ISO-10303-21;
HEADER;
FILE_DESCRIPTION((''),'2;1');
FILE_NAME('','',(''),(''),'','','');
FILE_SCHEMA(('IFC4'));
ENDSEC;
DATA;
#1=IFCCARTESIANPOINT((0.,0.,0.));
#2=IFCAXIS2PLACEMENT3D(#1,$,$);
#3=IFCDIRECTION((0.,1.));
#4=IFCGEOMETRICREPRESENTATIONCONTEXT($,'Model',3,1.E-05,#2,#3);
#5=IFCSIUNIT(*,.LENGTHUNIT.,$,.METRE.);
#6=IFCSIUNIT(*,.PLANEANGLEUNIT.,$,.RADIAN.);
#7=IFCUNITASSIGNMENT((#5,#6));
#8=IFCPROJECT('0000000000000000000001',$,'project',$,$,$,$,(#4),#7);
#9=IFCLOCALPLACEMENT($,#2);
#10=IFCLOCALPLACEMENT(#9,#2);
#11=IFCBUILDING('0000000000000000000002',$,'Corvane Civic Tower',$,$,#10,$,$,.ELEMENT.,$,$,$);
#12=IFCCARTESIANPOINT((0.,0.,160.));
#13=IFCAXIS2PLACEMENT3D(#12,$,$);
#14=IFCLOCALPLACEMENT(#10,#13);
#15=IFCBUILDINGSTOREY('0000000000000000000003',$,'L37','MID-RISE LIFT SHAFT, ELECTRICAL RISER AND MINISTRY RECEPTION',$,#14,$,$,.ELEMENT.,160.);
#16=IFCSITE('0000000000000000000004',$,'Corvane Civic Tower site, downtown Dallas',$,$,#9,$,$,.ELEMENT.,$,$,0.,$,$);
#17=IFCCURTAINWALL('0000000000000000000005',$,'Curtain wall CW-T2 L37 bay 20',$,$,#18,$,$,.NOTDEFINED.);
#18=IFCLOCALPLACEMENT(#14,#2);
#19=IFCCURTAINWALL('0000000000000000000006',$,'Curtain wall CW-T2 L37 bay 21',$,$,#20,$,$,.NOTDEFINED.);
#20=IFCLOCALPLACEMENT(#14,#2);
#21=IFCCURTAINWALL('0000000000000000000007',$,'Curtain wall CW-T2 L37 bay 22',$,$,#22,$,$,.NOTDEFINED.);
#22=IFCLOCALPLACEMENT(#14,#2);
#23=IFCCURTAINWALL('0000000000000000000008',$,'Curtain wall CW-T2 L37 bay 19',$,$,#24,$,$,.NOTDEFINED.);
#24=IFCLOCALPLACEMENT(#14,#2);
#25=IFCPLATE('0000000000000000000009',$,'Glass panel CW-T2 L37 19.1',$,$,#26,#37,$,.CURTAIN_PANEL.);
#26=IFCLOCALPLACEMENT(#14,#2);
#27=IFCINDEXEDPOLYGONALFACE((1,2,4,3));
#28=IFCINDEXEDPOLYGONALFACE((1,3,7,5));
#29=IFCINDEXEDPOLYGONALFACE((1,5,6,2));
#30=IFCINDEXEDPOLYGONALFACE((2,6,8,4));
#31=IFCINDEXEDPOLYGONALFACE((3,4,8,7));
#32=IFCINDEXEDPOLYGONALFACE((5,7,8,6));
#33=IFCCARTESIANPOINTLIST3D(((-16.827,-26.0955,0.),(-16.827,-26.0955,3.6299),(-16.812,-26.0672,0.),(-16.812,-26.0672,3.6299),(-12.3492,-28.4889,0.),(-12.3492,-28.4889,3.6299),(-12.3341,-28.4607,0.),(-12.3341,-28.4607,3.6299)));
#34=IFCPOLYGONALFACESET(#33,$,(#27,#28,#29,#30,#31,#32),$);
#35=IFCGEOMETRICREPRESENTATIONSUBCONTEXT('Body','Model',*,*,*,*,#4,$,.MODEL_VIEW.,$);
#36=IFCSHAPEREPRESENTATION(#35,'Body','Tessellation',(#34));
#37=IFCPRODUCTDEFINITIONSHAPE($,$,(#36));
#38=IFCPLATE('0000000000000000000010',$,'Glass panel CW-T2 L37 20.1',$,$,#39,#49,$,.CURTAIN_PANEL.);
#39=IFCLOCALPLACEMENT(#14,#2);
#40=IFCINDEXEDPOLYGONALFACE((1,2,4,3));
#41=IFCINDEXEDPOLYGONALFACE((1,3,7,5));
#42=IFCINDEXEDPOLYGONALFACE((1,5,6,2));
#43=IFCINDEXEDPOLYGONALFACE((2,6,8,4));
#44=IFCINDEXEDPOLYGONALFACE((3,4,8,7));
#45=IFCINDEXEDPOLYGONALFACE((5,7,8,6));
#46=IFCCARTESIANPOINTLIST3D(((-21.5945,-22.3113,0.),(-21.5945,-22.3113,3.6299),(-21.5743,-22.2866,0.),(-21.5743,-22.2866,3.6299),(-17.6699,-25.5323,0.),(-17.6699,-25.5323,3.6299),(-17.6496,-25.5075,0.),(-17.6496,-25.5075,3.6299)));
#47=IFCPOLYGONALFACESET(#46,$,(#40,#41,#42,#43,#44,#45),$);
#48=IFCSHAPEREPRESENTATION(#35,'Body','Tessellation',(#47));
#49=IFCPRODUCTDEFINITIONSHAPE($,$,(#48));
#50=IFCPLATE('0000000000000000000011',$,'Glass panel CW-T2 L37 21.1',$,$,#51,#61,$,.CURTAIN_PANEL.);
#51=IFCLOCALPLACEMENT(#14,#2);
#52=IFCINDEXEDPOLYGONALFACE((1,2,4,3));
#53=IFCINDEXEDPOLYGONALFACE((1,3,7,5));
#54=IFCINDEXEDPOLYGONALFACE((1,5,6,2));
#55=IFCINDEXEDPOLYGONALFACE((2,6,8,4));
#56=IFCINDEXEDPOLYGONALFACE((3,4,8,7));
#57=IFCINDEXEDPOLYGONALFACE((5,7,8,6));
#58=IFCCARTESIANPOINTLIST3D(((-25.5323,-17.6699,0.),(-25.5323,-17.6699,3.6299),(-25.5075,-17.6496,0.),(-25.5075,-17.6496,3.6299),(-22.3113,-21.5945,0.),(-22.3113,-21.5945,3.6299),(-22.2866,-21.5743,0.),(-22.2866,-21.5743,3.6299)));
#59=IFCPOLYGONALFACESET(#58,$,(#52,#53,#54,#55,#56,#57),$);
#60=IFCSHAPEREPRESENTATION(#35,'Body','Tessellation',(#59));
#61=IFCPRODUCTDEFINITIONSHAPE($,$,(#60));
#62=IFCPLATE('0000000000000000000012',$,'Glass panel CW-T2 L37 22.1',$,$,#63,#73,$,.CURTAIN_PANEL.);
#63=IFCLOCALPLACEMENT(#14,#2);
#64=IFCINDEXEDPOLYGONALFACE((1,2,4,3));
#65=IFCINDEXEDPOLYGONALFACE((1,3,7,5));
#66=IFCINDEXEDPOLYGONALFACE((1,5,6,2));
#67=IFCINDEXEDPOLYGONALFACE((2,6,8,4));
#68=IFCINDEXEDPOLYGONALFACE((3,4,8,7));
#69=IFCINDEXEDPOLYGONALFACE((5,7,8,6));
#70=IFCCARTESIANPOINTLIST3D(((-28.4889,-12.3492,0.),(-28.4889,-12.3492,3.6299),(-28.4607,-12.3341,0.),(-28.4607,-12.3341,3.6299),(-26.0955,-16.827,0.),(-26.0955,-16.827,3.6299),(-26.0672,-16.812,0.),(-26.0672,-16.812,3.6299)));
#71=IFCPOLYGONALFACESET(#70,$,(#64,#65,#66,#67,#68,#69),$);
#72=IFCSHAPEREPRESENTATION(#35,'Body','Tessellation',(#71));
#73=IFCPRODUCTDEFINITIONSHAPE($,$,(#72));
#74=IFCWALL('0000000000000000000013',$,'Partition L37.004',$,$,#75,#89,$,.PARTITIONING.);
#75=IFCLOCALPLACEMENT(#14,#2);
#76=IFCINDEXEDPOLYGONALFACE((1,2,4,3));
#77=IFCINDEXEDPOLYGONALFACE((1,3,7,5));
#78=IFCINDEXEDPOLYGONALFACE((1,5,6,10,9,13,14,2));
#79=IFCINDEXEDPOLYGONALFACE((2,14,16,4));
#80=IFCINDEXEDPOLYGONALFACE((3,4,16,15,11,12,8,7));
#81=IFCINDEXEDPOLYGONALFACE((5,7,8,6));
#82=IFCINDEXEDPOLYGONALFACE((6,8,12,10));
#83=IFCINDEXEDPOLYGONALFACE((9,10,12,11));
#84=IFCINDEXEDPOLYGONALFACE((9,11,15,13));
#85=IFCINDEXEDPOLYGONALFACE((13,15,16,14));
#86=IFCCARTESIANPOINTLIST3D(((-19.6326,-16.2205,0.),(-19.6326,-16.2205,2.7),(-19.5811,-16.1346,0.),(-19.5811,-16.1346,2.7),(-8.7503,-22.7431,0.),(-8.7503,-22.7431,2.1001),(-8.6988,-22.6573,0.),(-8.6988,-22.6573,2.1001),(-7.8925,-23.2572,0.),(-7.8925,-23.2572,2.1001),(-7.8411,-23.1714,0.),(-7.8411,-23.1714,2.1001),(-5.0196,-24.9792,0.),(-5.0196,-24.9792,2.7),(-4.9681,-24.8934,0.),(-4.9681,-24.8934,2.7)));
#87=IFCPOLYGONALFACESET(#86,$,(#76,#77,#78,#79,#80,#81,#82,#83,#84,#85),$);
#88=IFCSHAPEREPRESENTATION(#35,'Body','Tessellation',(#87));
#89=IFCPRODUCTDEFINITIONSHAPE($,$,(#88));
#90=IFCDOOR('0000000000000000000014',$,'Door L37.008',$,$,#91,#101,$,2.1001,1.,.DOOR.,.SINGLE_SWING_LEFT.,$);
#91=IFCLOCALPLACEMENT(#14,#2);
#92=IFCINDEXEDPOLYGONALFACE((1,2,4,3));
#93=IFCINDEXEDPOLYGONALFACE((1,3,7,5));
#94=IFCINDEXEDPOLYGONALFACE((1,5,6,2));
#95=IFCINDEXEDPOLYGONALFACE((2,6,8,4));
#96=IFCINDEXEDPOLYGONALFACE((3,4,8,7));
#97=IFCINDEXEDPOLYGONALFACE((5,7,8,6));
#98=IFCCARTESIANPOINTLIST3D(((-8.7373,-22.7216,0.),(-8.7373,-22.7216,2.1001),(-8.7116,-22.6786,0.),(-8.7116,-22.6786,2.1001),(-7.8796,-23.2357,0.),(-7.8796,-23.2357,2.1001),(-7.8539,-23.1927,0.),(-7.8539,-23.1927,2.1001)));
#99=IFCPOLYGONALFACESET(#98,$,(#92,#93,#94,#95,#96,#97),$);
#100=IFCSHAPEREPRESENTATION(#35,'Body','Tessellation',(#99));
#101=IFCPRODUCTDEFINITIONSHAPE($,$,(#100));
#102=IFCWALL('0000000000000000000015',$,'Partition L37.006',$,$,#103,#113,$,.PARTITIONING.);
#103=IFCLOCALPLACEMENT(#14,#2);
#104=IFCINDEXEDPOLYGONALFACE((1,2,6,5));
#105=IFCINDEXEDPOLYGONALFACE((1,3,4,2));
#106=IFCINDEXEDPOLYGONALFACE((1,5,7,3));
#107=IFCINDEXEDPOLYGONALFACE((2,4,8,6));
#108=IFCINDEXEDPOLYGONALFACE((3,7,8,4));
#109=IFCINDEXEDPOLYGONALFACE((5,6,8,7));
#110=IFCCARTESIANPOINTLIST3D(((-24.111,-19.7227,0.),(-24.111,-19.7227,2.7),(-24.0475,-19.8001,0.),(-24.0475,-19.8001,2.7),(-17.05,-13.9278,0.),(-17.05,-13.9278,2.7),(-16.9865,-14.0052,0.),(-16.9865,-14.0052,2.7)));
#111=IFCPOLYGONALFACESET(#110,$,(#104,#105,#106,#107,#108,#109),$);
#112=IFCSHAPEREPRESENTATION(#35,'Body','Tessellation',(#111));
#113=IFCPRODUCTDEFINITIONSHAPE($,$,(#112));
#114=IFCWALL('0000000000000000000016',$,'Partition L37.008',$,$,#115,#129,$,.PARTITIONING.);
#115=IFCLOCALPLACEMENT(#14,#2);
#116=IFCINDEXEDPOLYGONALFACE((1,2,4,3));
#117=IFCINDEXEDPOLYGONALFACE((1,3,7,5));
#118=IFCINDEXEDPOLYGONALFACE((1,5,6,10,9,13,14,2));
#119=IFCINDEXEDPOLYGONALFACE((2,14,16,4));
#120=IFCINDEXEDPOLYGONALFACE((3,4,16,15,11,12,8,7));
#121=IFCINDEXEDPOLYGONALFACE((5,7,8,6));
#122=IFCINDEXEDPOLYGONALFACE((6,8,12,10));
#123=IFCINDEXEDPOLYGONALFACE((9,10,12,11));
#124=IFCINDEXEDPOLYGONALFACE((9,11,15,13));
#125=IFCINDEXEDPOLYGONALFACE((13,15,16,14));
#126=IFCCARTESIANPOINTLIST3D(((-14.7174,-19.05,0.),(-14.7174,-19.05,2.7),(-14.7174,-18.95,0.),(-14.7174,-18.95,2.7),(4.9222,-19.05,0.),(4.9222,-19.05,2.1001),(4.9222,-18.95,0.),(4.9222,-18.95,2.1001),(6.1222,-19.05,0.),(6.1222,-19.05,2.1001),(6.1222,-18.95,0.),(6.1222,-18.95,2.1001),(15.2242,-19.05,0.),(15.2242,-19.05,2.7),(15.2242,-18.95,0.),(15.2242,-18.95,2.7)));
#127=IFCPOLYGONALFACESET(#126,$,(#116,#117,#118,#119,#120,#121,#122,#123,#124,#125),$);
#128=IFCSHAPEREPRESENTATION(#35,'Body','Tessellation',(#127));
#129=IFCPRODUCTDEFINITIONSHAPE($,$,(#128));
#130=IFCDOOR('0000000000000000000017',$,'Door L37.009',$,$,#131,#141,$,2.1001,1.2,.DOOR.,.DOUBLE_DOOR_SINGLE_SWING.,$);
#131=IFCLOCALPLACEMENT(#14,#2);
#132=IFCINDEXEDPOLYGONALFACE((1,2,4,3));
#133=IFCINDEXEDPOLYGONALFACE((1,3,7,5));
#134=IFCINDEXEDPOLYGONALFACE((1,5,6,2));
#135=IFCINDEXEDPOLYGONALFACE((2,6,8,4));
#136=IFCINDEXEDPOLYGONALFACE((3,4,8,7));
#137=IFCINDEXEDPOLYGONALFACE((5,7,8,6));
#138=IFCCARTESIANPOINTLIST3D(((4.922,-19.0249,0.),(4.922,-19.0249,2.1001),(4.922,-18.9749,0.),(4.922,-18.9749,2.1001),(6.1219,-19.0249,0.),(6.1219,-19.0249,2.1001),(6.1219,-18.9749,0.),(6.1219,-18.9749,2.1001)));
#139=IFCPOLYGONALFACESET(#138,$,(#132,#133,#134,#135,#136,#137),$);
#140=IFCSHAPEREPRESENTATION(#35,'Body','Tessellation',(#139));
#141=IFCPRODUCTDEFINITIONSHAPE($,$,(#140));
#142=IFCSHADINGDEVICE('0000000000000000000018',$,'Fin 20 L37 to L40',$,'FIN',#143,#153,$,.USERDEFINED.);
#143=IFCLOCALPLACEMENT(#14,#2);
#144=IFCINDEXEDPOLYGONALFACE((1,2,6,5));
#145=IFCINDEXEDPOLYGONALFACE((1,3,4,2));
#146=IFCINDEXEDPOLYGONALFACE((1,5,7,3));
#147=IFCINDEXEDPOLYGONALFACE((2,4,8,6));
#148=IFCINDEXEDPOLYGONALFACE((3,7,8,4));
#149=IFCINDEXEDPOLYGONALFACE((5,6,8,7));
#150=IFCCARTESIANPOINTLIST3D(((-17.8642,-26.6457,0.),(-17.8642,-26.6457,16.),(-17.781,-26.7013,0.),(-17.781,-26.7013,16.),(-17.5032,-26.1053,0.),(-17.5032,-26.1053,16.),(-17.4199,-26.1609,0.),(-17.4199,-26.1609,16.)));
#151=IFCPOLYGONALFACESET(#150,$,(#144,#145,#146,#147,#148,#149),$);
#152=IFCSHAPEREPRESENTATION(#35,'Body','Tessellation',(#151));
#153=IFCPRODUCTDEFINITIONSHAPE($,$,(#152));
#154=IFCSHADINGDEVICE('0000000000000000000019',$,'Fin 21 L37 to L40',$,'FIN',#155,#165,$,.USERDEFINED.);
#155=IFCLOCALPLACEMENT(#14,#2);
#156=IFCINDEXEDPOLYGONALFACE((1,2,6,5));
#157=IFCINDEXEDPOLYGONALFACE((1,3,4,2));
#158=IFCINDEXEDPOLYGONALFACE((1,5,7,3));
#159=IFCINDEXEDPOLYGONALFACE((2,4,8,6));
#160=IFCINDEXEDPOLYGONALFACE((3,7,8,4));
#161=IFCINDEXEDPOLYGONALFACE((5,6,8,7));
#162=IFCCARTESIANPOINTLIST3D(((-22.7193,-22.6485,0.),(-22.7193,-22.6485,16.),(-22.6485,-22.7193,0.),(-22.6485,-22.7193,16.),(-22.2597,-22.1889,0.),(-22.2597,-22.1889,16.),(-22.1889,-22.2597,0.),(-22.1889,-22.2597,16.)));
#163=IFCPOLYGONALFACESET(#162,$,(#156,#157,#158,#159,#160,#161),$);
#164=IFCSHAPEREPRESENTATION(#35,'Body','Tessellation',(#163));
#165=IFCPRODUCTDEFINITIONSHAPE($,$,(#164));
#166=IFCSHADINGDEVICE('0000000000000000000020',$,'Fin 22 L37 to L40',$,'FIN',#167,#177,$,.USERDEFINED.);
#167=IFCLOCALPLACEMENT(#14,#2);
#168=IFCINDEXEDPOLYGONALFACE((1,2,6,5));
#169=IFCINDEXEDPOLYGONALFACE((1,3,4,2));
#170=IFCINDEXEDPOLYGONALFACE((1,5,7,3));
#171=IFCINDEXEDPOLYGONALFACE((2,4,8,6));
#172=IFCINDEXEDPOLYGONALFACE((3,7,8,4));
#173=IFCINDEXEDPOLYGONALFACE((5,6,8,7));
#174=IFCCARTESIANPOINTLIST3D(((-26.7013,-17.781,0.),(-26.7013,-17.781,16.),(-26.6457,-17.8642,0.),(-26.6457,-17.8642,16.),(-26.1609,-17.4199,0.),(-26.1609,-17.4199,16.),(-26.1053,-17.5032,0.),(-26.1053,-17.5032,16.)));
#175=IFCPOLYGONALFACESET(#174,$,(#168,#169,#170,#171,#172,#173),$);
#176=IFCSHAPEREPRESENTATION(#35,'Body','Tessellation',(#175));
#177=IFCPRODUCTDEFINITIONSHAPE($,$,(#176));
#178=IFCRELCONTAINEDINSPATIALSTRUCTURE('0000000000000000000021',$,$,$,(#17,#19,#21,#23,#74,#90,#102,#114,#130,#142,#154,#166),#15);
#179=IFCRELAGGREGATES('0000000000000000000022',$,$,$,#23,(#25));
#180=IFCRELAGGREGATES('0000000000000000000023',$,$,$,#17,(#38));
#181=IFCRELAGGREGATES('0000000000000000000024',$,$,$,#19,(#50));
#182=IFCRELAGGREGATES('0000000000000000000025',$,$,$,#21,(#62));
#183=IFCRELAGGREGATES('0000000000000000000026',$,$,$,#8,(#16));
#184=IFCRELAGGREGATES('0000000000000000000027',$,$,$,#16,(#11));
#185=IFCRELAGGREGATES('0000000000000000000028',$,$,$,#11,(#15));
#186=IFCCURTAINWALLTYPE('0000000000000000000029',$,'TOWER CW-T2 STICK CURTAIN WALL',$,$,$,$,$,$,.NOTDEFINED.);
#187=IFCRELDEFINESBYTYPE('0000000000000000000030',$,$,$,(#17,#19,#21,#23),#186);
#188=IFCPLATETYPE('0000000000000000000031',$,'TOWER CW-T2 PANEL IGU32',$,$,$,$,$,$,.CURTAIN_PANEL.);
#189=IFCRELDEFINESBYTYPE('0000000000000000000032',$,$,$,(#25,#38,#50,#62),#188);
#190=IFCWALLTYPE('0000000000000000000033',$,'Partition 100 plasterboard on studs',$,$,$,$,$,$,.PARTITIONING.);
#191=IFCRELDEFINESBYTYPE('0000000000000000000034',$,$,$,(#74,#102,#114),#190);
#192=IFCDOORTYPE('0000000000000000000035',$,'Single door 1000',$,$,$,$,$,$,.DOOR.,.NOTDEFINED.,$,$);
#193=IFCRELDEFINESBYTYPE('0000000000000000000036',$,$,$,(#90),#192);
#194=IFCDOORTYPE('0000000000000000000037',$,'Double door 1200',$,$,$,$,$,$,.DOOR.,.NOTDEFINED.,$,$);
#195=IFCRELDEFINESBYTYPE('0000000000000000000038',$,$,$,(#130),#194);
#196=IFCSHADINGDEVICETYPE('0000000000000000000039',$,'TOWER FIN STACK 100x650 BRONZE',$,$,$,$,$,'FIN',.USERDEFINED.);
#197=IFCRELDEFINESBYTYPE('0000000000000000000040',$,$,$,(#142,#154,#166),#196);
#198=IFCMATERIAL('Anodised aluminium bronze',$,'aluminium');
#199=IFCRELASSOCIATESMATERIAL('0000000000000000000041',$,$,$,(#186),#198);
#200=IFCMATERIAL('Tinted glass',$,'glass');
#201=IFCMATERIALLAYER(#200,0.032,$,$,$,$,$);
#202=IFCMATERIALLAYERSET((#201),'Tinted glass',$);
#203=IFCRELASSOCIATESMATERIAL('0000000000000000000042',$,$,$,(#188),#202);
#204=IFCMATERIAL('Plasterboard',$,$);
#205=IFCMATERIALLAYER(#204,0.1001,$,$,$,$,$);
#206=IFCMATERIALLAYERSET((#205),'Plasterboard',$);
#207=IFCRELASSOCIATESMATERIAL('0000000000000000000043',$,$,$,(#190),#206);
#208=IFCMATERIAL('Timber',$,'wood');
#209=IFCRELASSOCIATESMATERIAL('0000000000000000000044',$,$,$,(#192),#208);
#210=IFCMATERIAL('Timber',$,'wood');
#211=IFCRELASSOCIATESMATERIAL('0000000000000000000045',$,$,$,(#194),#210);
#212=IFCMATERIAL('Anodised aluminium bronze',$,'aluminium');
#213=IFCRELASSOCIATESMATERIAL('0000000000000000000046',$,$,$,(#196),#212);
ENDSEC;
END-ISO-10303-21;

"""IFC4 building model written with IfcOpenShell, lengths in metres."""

from ifc_helpers import new_model, si_unit, direction, frame, frame_2d, origin, origin_2d, place, context, subcontext, project, spatial, rectangle, extrude, material, layer, layer_set, material_profile, profile_set, type_object, element, fill, aggregate, save


model = new_model("IFC4")

# Units and contexts
model_context = context("Model", 3, precision=1e-05, world=origin(), true_north=direction((0.0, 1.0)))
body_context = subcontext(model_context, "Body", "Model", "MODEL_VIEW")
ifc_project = project(units=[si_unit("LENGTHUNIT", "METRE"), si_unit("PLANEANGLEUNIT", "RADIAN")], contexts=[model_context])

# Site, building, storey
site_placement = place(None, origin())
site = spatial("IfcSite", under=ifc_project, at=site_placement, Name="Corvane Civic Tower site, downtown Dallas", CompositionType="ELEMENT", RefElevation=0.0)
building_placement = place(site_placement, origin())
building = spatial("IfcBuilding", under=site, at=building_placement, Name="Corvane Civic Tower", CompositionType="ELEMENT")
storey_placement = place(building_placement, frame((0.0, 0.0, 160.0)))
storey = spatial("IfcBuildingStorey", under=building, at=storey_placement, Name="L37", Description="MID-RISE LIFT SHAFT, ELECTRICAL RISER AND MINISTRY RECEPTION", CompositionType="ELEMENT", Elevation=160.0)

# Curtain walls
ifc_material_1 = material(Name="Anodised aluminium bronze", Category="aluminium")
curtain_wall_type = type_object("IfcCurtainWallType", Name="TOWER CW-T2 STICK CURTAIN WALL", PredefinedType="NOTDEFINED", material=ifc_material_1)
curtain_wall_1_placement = place(storey_placement, origin())
curtain_wall_1 = element("IfcCurtainWall", 1, at=curtain_wall_1_placement, inside=storey, type_object=curtain_wall_type, Name="Curtain wall CW-T2 L37 bay 20", PredefinedType="NOTDEFINED")
curtain_wall_2_placement = place(storey_placement, origin())
curtain_wall_2 = element("IfcCurtainWall", 2, at=curtain_wall_2_placement, inside=storey, type_object=curtain_wall_type, Name="Curtain wall CW-T2 L37 bay 21", PredefinedType="NOTDEFINED")
curtain_wall_3_placement = place(storey_placement, origin())
curtain_wall_3 = element("IfcCurtainWall", 3, at=curtain_wall_3_placement, inside=storey, type_object=curtain_wall_type, Name="Curtain wall CW-T2 L37 bay 22", PredefinedType="NOTDEFINED")

# Curtain wall, plate
curtain_wall_4_placement = place(storey_placement, origin())
curtain_wall_4 = element("IfcCurtainWall", 4, at=curtain_wall_4_placement, inside=storey, type_object=curtain_wall_type, Name="Curtain wall CW-T2 L37 bay 19", PredefinedType="NOTDEFINED")
ifc_material_2 = material(Name="Tinted glass", Category="glass")
ifc_layer_1 = layer(ifc_material_2, 0.032)
ifc_layer_set_1 = layer_set([ifc_layer_1], Name="Tinted glass")
plate_type = type_object("IfcPlateType", Name="TOWER CW-T2 PANEL IGU32", PredefinedType="CURTAIN_PANEL", material=ifc_layer_set_1)
plate_1_placement = place(storey_placement, frame((-14.5806, -27.2781, 0.0), z_axis=(0.0, 0.0, 1.0), x_axis=(-0.881922, 0.471395, 0.0)))
plate_1 = element("IfcPlate", 5, at=plate_1_placement, type_object=plate_type, Name="Glass panel CW-T2 L37 19.1", PredefinedType="CURTAIN_PANEL", context=body_context, shape_type="SweptSolid", body=[
    extrude(rectangle(XDim=5.0774, YDim=0.032, at=origin_2d()), origin(), (0.0, 0.0, 1.0), 3.6299),
])
aggregate(curtain_wall_4, [plate_1])

# Plates
plate_2_placement = place(storey_placement, frame((-19.6221, -23.9094, 0.0), z_axis=(0.0, 0.0, 1.0), x_axis=(-0.773005, 0.6344, 0.0)))
plate_2 = element("IfcPlate", 6, at=plate_2_placement, type_object=plate_type, Name="Glass panel CW-T2 L37 20.1", PredefinedType="CURTAIN_PANEL", context=body_context, shape_type="SweptSolid", body=[
    extrude(rectangle(XDim=5.0771, YDim=0.032, at=origin_2d()), origin(), (0.0, 0.0, 1.0), 3.6299),
])
aggregate(curtain_wall_1, [plate_2])
plate_3_placement = place(storey_placement, frame((-23.9094, -19.6221, 0.0), z_axis=(0.0, 0.0, 1.0), x_axis=(-0.6344, 0.773005, 0.0)))
plate_3 = element("IfcPlate", 7, at=plate_3_placement, type_object=plate_type, Name="Glass panel CW-T2 L37 21.1", PredefinedType="CURTAIN_PANEL", context=body_context, shape_type="SweptSolid", body=[
    extrude(rectangle(XDim=5.0771, YDim=0.032, at=origin_2d()), origin(), (0.0, 0.0, 1.0), 3.6299),
])
aggregate(curtain_wall_2, [plate_3])
plate_4_placement = place(storey_placement, frame((-27.2781, -14.5806, 0.0), z_axis=(0.0, 0.0, 1.0), x_axis=(-0.471395, 0.881922, 0.0)))
plate_4 = element("IfcPlate", 8, at=plate_4_placement, type_object=plate_type, Name="Glass panel CW-T2 L37 22.1", PredefinedType="CURTAIN_PANEL", context=body_context, shape_type="SweptSolid", body=[
    extrude(rectangle(XDim=5.0774, YDim=0.032, at=origin_2d()), origin(), (0.0, 0.0, 1.0), 3.6299),
])
aggregate(curtain_wall_3, [plate_4])

# Wall, opening, door
ifc_material_3 = material(Name="Plasterboard")
ifc_layer_2 = layer(ifc_material_3, 0.1001)
ifc_layer_set_2 = layer_set([ifc_layer_2], Name="Plasterboard")
wall_type = type_object("IfcWallType", Name="Partition 100 plasterboard on studs", PredefinedType="PARTITIONING", material=ifc_layer_set_2)
wall_1_placement = place(storey_placement, frame((-19.6069, -16.1775, 0.0), z_axis=(0.0, 0.0, 1.0), x_axis=(0.857727, -0.514106, 0.0)))
wall_1 = element("IfcWall", 9, at=wall_1_placement, inside=storey, type_object=wall_type, Name="Partition L37.004", PredefinedType="PARTITIONING", context=body_context, shape_type="SweptSolid", body=[
    extrude(rectangle(XDim=17.0369, YDim=0.1001, at=frame_2d((8.5186, 0.0))), origin(), (0.0, 0.0, 1.0), 2.7),
])
opening_1_placement = place(wall_1_placement, frame((12.6875, 0.0, 0.0)))
opening_1 = element("IfcOpeningElement", 10, at=opening_1_placement, cuts=wall_1, PredefinedType="OPENING", context=body_context, shape_type="SweptSolid", body=[
    extrude(rectangle(XDim=1.0, YDim=2.1001, at=frame_2d((0.5, 1.05))), frame((0.0, 0.0601, 0.0), z_axis=(0.0, -1.0, 0.0), x_axis=(1.0, 0.0, 0.0)), (0.0, 0.0, 1.0), 0.1201),
])
ifc_material_4 = material(Name="Timber", Category="wood")
door_type_1 = type_object("IfcDoorType", Name="Single door 1000", OperationType="NOTDEFINED", PredefinedType="DOOR", material=ifc_material_4)
door_1_placement = place(opening_1_placement, frame((1.0, 0.0, 0.0), z_axis=(0.0, 0.0, 1.0), x_axis=(-1.0, 0.0, 0.0)))
door_1 = element("IfcDoor", 11, at=door_1_placement, inside=storey, type_object=door_type_1, Name="Door L37.008", OperationType="SINGLE_SWING_LEFT", OverallHeight=2.1001, OverallWidth=1.0, PredefinedType="DOOR", context=body_context, shape_type="SweptSolid", body=[
    extrude(rectangle(XDim=1.0, YDim=2.1001, at=frame_2d((0.5, 1.05))), frame((0.0, 0.0249, 0.0), z_axis=(0.0, -1.0, 0.0), x_axis=(1.0, 0.0, 0.0)), (0.0, 0.0, 1.0), 0.05),
])
fill(opening_1, door_1)

# Wall
wall_2_placement = place(storey_placement, frame((-24.0793, -19.7615, 0.0), z_axis=(0.0, 0.0, 1.0), x_axis=(0.773006, 0.634399, 0.0)))
element("IfcWall", 12, at=wall_2_placement, inside=storey, type_object=wall_type, Name="Partition L37.006", PredefinedType="PARTITIONING", context=body_context, shape_type="SweptSolid", body=[
    extrude(rectangle(XDim=9.1345, YDim=0.1001, at=frame_2d((4.5674, 0.0))), origin(), (0.0, 0.0, 1.0), 2.7),
])

# Wall, opening, door
wall_3_placement = place(storey_placement, frame((-14.7173, -19.0, 0.0), z_axis=(0.0, 0.0, 1.0), x_axis=(1.0, 0.0, 0.0)))
wall_3 = element("IfcWall", 13, at=wall_3_placement, inside=storey, type_object=wall_type, Name="Partition L37.008", PredefinedType="PARTITIONING", context=body_context, shape_type="SweptSolid", body=[
    extrude(rectangle(XDim=29.9417, YDim=0.1001, at=frame_2d((14.9707, 0.0))), origin(), (0.0, 0.0, 1.0), 2.7),
])
opening_2_placement = place(wall_3_placement, frame((19.6394, 0.0, 0.0)))
opening_2 = element("IfcOpeningElement", 14, at=opening_2_placement, cuts=wall_3, PredefinedType="OPENING", context=body_context, shape_type="SweptSolid", body=[
    extrude(rectangle(XDim=1.2, YDim=2.1001, at=frame_2d((0.6001, 1.05))), frame((0.0, 0.0601, 0.0), z_axis=(0.0, -1.0, 0.0), x_axis=(1.0, 0.0, 0.0)), (0.0, 0.0, 1.0), 0.1201),
])
ifc_material_5 = material(Name="Timber", Category="wood")
door_type_2 = type_object("IfcDoorType", Name="Double door 1200", OperationType="NOTDEFINED", PredefinedType="DOOR", material=ifc_material_5)
door_2_placement = place(opening_2_placement, frame((1.2, 0.0, 0.0), z_axis=(0.0, 0.0, 1.0), x_axis=(-1.0, 0.0, 0.0)))
door_2 = element("IfcDoor", 15, at=door_2_placement, inside=storey, type_object=door_type_2, Name="Door L37.009", OperationType="DOUBLE_DOOR_SINGLE_SWING", OverallHeight=2.1001, OverallWidth=1.2, PredefinedType="DOOR", context=body_context, shape_type="SweptSolid", body=[
    extrude(rectangle(XDim=1.2, YDim=2.1001, at=frame_2d((0.6001, 1.05))), frame((0.0, 0.0249, 0.0), z_axis=(0.0, -1.0, 0.0), x_axis=(1.0, 0.0, 0.0)), (0.0, 0.0, 1.0), 0.05),
])
fill(opening_2, door_2)

# Shading devices
ifc_material_6 = material(Name="Anodised aluminium bronze", Category="aluminium")
ifc_material_profile_1 = material_profile(ifc_material_6, rectangle(XDim=0.1001, YDim=0.6499, at=origin_2d()), Name="TOWER FIN STACK 100x650 BRONZE")
ifc_profile_set_1 = profile_set([ifc_material_profile_1], Name="Anodised aluminium bronze")
shading_device_type = type_object("IfcShadingDeviceType", Name="TOWER FIN STACK 100x650 BRONZE", ElementType="FIN", PredefinedType="USERDEFINED", material=ifc_profile_set_1)
for number, where, z_axis, x_axis, name in (
    (16, (-17.6421, -26.4033, 0.0), (0.0, 0.0, 1.0), (-0.83147, 0.55557, 0.0), "Fin 20 L37 to L40"),
    (17, (-22.4541, -22.4541, 0.0), (0.0, 0.0, 1.0), (-0.707107, 0.707107, 0.0), "Fin 21 L37 to L40"),
    (18, (-26.4033, -17.6421, 0.0), (0.0, 0.0, 1.0), (-0.55557, 0.83147, 0.0), "Fin 22 L37 to L40"),
):
    element("IfcShadingDevice", number, at=place(storey_placement, frame(where, z_axis=z_axis, x_axis=x_axis)), inside=storey, type_object=shading_device_type, Name=name, ObjectType="FIN", PredefinedType="USERDEFINED", context=body_context, shape_type="SweptSolid", body=[
        extrude(rectangle(XDim=0.1001, YDim=0.6499, at=origin_2d()), origin(), (0.0, 0.0, 1.0), 16.0),
    ])

save(model, "model.ifc")
